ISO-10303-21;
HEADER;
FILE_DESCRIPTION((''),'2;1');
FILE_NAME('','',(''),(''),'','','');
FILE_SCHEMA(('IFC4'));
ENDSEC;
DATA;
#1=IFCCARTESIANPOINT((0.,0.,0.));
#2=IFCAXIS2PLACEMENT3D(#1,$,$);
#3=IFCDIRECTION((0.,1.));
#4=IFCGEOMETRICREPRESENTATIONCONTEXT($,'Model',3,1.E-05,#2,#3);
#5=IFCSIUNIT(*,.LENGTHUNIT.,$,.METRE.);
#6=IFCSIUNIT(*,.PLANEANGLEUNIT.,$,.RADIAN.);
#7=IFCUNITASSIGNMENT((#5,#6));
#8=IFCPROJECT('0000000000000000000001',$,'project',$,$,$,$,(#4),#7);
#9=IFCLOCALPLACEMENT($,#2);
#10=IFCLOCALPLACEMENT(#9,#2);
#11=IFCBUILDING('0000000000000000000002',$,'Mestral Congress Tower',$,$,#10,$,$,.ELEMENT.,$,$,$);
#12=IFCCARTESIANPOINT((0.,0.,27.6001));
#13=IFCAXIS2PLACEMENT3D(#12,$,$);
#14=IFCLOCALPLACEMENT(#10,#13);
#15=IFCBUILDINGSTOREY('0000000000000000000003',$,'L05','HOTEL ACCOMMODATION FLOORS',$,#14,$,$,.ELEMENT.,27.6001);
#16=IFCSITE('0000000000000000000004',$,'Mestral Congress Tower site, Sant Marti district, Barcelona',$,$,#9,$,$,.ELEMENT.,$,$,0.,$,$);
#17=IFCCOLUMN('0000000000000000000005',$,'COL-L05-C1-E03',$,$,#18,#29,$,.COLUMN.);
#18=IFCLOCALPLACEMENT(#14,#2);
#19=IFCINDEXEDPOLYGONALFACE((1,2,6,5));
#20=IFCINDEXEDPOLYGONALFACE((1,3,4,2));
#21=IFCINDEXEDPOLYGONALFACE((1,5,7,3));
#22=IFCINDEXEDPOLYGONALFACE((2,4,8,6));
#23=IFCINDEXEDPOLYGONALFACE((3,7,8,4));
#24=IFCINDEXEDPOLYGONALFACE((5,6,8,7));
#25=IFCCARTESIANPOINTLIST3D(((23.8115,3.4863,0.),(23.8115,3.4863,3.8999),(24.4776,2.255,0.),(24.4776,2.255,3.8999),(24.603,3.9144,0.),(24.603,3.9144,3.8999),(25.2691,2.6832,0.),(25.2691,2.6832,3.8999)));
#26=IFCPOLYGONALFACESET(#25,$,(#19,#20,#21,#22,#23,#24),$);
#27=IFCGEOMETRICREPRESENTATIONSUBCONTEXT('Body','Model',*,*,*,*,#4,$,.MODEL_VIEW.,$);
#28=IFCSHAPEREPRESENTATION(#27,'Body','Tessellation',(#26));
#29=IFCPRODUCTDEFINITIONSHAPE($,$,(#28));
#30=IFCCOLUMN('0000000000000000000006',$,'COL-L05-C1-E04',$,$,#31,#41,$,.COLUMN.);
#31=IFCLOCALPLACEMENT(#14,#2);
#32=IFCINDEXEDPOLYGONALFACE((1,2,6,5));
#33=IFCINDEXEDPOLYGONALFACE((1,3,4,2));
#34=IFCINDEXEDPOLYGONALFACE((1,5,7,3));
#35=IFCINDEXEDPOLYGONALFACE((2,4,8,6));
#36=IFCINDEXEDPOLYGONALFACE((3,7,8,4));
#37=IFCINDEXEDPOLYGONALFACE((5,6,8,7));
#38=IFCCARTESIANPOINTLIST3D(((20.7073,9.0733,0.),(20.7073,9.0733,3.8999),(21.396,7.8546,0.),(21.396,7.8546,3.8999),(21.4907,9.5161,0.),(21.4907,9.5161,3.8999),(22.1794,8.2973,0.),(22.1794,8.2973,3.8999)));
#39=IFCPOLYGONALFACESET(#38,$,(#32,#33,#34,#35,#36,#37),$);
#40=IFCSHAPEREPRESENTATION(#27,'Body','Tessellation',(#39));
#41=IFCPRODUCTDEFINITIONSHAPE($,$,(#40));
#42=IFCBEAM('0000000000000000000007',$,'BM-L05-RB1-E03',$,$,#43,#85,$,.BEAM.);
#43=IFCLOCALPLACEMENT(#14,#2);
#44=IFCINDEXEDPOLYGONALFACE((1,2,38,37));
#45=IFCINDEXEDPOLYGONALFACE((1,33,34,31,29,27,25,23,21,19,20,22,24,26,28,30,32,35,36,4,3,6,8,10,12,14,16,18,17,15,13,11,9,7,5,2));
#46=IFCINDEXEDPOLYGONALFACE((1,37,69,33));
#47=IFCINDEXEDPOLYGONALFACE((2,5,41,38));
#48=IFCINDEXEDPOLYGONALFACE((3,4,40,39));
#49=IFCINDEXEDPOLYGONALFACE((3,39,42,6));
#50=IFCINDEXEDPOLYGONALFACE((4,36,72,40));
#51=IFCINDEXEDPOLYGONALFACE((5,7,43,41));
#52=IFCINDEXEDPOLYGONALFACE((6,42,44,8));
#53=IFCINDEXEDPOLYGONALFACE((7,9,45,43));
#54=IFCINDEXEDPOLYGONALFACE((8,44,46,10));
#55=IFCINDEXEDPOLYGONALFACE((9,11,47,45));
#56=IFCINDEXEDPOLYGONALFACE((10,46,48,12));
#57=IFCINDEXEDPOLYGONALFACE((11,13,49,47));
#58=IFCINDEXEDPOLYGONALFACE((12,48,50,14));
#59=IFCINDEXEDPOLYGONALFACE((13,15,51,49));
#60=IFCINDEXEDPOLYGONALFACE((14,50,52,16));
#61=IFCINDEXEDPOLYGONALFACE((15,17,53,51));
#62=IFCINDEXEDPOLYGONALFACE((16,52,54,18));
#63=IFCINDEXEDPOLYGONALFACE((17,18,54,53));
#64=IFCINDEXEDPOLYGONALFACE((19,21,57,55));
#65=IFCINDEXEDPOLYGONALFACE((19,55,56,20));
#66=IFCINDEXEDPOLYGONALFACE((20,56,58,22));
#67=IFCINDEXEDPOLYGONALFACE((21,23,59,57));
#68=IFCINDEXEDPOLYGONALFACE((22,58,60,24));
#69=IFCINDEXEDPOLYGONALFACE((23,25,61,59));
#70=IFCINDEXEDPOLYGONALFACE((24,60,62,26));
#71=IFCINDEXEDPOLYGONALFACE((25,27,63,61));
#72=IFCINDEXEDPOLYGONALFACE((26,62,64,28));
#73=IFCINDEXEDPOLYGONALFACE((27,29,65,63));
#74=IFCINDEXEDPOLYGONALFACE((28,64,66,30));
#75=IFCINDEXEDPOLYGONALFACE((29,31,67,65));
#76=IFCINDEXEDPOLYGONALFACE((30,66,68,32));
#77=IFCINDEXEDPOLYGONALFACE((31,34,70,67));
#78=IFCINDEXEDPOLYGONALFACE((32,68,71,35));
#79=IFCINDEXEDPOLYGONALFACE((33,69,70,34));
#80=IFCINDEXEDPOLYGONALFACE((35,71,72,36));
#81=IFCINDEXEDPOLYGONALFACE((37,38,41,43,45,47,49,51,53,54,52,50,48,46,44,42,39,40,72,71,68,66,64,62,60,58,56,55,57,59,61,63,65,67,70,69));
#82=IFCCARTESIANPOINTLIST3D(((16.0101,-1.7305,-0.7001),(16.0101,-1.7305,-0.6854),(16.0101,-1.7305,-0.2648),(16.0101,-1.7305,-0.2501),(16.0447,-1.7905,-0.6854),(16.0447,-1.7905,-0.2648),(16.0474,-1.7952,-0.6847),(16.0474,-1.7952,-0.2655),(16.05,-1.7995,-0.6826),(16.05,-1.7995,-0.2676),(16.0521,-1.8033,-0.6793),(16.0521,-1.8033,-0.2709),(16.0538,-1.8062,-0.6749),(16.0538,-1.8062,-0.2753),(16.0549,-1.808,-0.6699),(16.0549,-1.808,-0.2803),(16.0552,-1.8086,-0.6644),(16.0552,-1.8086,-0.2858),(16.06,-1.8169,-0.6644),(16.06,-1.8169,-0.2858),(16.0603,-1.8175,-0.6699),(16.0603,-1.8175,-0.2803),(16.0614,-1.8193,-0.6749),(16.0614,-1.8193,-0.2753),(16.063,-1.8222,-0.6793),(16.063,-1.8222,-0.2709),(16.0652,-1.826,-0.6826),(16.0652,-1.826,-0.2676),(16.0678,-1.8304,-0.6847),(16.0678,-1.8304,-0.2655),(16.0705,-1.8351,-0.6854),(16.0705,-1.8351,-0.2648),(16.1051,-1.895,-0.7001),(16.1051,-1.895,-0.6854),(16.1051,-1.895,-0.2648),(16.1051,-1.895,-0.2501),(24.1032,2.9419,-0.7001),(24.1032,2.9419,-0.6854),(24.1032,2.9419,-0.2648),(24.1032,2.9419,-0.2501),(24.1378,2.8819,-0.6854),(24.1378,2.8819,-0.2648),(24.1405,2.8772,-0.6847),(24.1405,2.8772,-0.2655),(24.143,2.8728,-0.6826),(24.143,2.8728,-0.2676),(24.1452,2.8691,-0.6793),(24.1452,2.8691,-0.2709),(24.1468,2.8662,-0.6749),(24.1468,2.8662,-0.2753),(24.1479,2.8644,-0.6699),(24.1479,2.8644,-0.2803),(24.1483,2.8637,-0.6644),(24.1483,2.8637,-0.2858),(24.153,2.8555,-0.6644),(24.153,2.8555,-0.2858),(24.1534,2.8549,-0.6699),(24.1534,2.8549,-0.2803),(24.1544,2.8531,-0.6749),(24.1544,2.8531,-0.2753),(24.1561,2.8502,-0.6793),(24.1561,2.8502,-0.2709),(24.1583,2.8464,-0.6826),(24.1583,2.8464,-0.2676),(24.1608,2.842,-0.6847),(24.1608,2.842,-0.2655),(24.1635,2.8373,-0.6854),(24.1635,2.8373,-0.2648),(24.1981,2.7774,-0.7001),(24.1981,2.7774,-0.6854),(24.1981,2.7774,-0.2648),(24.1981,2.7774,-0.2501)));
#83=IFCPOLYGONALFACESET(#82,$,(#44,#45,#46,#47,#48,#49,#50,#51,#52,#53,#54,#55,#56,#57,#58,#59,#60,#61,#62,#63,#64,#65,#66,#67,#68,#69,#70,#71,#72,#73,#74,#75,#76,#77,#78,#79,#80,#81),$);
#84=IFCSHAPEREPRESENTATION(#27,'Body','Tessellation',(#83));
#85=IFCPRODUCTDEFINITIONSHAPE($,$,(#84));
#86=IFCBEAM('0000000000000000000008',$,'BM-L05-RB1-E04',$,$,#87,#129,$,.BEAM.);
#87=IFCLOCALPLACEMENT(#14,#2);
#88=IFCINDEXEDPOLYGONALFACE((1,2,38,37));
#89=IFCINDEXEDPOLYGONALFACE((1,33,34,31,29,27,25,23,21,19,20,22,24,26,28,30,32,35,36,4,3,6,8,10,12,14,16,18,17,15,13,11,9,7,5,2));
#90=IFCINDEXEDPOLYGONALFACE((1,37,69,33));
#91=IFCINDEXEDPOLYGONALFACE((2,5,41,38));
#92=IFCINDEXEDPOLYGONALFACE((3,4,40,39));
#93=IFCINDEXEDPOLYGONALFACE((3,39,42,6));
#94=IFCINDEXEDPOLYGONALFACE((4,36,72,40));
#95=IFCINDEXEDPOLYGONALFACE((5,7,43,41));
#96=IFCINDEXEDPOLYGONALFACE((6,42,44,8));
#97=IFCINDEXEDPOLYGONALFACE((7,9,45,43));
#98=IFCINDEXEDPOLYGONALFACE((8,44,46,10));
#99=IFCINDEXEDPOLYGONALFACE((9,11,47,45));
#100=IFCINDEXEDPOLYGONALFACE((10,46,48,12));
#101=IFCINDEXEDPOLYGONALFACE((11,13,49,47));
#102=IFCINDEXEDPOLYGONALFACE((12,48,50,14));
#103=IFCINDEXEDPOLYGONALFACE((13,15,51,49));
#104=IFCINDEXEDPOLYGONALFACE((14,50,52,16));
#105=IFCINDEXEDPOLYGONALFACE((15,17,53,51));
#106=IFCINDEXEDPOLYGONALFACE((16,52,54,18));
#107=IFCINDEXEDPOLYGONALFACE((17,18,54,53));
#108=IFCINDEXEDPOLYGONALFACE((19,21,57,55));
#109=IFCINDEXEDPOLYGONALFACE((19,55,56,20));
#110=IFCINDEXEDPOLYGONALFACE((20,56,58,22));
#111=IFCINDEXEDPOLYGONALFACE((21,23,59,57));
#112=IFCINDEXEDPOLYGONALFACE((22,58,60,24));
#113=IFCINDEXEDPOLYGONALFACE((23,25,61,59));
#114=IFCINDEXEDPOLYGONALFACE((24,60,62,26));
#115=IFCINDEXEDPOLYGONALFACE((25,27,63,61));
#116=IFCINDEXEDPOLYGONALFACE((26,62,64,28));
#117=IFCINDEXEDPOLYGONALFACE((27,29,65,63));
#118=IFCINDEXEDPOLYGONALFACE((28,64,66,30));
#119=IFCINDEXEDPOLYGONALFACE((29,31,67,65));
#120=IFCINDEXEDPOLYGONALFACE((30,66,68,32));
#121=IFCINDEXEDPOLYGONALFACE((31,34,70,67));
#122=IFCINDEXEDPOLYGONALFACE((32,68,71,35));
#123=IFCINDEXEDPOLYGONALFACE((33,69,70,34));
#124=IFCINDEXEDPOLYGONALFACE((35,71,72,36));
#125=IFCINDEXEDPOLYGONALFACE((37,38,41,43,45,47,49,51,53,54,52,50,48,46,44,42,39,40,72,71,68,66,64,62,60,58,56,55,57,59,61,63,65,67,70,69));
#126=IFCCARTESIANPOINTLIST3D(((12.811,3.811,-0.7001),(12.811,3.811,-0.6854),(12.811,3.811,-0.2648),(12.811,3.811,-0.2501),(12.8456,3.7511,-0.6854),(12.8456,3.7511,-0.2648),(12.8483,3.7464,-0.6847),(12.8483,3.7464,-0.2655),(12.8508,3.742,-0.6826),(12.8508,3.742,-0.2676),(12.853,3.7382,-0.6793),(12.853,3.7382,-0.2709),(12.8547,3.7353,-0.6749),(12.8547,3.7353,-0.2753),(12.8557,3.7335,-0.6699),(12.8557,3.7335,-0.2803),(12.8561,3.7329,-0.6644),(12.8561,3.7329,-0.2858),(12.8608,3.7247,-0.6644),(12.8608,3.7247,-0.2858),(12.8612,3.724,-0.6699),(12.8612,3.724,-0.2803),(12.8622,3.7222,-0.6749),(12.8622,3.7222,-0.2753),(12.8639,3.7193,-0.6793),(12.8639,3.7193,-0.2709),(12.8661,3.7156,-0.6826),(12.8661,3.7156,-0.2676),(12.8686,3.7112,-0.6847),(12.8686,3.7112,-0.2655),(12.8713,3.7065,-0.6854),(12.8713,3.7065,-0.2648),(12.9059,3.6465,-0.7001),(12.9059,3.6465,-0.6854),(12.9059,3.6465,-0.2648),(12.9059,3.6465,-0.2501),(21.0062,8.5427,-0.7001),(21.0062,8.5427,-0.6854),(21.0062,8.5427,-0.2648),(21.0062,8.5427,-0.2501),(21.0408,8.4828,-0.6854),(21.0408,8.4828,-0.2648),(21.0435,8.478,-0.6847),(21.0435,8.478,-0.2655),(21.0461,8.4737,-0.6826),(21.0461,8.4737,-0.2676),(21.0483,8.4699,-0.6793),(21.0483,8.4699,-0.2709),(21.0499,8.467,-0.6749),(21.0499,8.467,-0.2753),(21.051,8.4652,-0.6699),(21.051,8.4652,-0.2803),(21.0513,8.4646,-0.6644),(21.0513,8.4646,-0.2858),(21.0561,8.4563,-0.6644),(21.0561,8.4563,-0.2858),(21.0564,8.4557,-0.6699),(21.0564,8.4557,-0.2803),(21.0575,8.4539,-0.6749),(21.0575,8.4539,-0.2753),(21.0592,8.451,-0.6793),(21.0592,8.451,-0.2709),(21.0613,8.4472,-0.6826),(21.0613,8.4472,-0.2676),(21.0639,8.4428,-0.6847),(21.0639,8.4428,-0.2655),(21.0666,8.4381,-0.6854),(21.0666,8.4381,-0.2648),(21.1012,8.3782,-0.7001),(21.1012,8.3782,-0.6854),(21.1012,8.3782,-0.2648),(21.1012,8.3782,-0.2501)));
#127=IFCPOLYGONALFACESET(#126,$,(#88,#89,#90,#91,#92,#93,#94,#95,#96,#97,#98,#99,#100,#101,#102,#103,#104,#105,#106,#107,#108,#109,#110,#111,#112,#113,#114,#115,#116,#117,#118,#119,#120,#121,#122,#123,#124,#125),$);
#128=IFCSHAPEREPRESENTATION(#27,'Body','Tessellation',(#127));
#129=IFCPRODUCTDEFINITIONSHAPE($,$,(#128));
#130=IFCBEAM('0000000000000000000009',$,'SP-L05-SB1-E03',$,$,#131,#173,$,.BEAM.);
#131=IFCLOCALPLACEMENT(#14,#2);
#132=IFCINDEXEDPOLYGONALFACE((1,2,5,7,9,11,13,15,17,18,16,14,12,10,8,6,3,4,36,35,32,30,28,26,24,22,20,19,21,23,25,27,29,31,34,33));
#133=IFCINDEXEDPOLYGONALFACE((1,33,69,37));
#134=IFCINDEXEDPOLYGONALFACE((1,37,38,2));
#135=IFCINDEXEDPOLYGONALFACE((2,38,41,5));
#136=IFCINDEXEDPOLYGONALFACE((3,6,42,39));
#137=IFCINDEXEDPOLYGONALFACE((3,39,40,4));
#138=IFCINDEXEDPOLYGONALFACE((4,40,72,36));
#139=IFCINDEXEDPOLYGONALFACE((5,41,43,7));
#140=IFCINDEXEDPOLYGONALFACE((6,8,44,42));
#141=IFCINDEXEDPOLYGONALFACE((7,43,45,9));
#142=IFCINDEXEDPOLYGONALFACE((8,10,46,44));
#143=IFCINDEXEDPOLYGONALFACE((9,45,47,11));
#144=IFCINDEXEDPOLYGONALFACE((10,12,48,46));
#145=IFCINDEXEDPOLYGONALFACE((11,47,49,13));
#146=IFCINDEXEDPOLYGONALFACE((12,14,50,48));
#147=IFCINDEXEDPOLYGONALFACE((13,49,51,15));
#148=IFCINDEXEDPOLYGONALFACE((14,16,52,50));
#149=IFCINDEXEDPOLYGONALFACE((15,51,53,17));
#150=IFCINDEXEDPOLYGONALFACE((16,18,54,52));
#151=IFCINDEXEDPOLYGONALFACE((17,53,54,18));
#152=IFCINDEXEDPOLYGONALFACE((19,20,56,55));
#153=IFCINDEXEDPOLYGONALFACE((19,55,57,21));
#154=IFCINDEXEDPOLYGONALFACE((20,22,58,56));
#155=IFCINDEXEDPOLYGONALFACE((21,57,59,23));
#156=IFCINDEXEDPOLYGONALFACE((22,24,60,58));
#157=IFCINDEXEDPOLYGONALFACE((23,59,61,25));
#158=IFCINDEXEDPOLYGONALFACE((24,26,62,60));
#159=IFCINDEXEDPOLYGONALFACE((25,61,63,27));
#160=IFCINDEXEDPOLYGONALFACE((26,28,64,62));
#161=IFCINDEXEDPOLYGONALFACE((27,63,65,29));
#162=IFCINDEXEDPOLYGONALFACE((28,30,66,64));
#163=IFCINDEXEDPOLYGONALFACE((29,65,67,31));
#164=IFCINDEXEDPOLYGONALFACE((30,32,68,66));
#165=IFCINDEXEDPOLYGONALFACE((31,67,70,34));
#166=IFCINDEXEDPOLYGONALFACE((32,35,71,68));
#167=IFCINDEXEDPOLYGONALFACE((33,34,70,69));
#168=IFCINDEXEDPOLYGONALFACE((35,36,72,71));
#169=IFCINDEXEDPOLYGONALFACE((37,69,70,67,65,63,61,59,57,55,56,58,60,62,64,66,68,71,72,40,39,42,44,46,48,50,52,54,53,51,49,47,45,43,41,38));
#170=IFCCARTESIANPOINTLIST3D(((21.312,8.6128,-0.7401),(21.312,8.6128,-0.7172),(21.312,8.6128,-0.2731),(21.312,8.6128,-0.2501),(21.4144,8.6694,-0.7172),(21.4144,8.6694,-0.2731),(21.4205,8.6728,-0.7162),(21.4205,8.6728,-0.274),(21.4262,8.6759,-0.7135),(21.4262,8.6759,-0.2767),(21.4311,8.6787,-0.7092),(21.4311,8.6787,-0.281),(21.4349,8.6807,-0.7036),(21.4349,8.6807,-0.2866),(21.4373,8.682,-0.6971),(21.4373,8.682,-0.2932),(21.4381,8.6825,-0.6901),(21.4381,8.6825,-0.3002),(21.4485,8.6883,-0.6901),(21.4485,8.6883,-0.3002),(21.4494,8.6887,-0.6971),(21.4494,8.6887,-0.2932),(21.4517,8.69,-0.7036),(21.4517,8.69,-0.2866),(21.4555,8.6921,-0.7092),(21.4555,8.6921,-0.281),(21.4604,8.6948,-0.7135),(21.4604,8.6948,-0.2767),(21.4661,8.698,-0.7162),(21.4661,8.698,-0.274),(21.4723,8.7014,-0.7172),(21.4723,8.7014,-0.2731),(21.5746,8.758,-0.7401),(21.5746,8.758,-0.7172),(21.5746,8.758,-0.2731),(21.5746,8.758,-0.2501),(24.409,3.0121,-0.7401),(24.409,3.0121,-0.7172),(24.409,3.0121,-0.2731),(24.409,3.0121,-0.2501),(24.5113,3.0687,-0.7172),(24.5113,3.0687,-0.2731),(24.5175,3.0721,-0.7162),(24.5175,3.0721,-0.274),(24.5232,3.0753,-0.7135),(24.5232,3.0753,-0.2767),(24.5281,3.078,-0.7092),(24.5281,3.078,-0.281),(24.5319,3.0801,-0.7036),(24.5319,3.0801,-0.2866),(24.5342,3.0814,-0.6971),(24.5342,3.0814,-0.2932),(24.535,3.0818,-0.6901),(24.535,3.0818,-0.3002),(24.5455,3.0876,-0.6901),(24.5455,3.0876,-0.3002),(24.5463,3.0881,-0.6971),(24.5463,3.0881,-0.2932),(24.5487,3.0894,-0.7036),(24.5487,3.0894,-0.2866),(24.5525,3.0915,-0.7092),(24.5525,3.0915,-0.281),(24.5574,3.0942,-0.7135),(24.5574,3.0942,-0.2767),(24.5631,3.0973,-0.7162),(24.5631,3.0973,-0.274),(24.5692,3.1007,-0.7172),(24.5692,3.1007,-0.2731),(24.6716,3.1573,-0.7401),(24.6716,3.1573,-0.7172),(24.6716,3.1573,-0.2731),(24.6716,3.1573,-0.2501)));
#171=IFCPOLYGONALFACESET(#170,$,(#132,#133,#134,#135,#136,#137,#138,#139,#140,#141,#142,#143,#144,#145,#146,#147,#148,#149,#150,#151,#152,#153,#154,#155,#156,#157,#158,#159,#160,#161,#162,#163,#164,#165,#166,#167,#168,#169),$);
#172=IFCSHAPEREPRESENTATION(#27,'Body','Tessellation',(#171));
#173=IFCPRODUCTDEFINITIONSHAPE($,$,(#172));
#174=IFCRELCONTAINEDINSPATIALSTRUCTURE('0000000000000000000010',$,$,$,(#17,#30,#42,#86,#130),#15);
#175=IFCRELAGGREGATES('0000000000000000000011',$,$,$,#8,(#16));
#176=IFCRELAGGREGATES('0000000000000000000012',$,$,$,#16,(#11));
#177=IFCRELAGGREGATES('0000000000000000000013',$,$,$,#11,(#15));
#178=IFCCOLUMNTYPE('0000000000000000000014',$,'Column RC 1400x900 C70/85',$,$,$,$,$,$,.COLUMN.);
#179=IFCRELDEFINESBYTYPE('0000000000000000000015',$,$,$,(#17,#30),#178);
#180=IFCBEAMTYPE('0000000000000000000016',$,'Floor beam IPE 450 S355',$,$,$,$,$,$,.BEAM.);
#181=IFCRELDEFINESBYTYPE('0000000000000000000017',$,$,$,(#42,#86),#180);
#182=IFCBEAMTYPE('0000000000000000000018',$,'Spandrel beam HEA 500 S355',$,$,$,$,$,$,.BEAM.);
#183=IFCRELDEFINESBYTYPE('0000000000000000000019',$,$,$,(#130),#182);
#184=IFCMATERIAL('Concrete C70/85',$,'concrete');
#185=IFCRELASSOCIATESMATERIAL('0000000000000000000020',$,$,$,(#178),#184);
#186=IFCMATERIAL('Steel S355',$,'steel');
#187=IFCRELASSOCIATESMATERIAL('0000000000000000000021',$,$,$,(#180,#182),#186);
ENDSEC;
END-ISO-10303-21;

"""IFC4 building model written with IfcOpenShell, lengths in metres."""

from ifc_helpers import new_model, si_unit, direction, frame, origin, origin_2d, place, context, subcontext, project, spatial, rectangle, i_section, extrude, material, material_profile, profile_set, type_object, element, save


model = new_model("IFC4")

# Units and contexts
model_context = context("Model", 3, precision=1e-05, world=origin(), true_north=direction((0.0, 1.0)))
body_context = subcontext(model_context, "Body", "Model", "MODEL_VIEW")
ifc_project = project(units=[si_unit("LENGTHUNIT", "METRE"), si_unit("PLANEANGLEUNIT", "RADIAN")], contexts=[model_context])

# Site, building, storey
site_placement = place(None, origin())
site = spatial("IfcSite", under=ifc_project, at=site_placement, Name="Mestral Congress Tower site, Sant Marti district, Barcelona", CompositionType="ELEMENT", RefElevation=0.0)
building_placement = place(site_placement, origin())
building = spatial("IfcBuilding", under=site, at=building_placement, Name="Mestral Congress Tower", CompositionType="ELEMENT")
storey_placement = place(building_placement, frame((0.0, 0.0, 27.6001)))
storey = spatial("IfcBuildingStorey", under=building, at=storey_placement, Name="L05", Description="HOTEL ACCOMMODATION FLOORS", CompositionType="ELEMENT", Elevation=27.6001)

# Columns
ifc_material_1 = material(Name="Concrete C70/85", Category="concrete")
ifc_material_profile_1 = material_profile(ifc_material_1, rectangle(XDim=1.3999, YDim=0.8999, at=origin_2d()), Name="RC 1400x900")
ifc_profile_set_1 = profile_set([ifc_material_profile_1], Name="Concrete C70/85")
column_type = type_object("IfcColumnType", Name="Column RC 1400x900 C70/85", PredefinedType="COLUMN", material=ifc_profile_set_1)
for number, where, z_axis, x_axis, name in (
    (1, (24.5403, 3.0847, 0.0), (0.0, 0.0, 1.0), (-0.475796, 0.879556, 0.0), "COL-L05-C1-E03"),
    (2, (21.4434, 8.6853, 0.0), (0.0, 0.0, 1.0), (-0.491974, 0.87061, 0.0), "COL-L05-C1-E04"),
):
    element("IfcColumn", number, at=place(storey_placement, frame(where, z_axis=z_axis, x_axis=x_axis)), inside=storey, type_object=column_type, Name=name, PredefinedType="COLUMN", context=body_context, shape_type="SweptSolid", body=[
        extrude(rectangle(XDim=1.3999, YDim=0.8999, at=origin_2d()), origin(), (0.0, 0.0, 1.0), 3.8999),
    ])

# Beams
ifc_material_2 = material(Name="Steel S355", Category="steel")
ifc_material_profile_2 = material_profile(ifc_material_2, i_section(OverallWidth=0.1899, OverallDepth=0.45, WebThickness=0.0095, FlangeThickness=0.0146, FilletRadius=0.021, at=origin_2d()), Name="IPE 450")
ifc_profile_set_2 = profile_set([ifc_material_profile_2], Name="Steel S355")
beam_type_1 = type_object("IfcBeamType", Name="Floor beam IPE 450 S355", PredefinedType="BEAM", material=ifc_profile_set_2)
beam_1_placement = place(storey_placement, frame((24.1506, 2.8596, -0.4751), z_axis=(-0.866032, -0.499989, 0.0), x_axis=(0.499989, -0.866032, 0.0)))
element("IfcBeam", 3, at=beam_1_placement, inside=storey, type_object=beam_type_1, Name="BM-L05-RB1-E03", PredefinedType="BEAM", context=body_context, shape_type="SweptSolid", body=[
    extrude(i_section(OverallWidth=0.1899, OverallDepth=0.45, WebThickness=0.0095, FlangeThickness=0.0146, FilletRadius=0.021, at=origin_2d()), origin(), (0.0, 0.0, 1.0), 9.345),
])
beam_2_placement = place(storey_placement, frame((21.0537, 8.4604, -0.4751), z_axis=(-0.86602, -0.50001, 0.0), x_axis=(0.50001, -0.86602, 0.0)))
element("IfcBeam", 4, at=beam_2_placement, inside=storey, type_object=beam_type_1, Name="BM-L05-RB1-E04", PredefinedType="BEAM", context=body_context, shape_type="SweptSolid", body=[
    extrude(i_section(OverallWidth=0.1899, OverallDepth=0.45, WebThickness=0.0095, FlangeThickness=0.0146, FilletRadius=0.021, at=origin_2d()), origin(), (0.0, 0.0, 1.0), 9.4631),
])
ifc_material_profile_3 = material_profile(ifc_material_2, i_section(OverallWidth=0.3, OverallDepth=0.49, WebThickness=0.012, FlangeThickness=0.0229, FilletRadius=0.0271, at=origin_2d()), Name="HEA 500")
ifc_profile_set_3 = profile_set([ifc_material_profile_3], Name="Steel S355")
beam_type_2 = type_object("IfcBeamType", Name="Spandrel beam HEA 500 S355", PredefinedType="BEAM", material=ifc_profile_set_3)
for number, where, z_axis, x_axis, name in (
    (5, (24.5403, 3.0847, -0.4951), (-0.483909, 0.875118, 0.0), (-0.875118, -0.483909, 0.0), "SP-L05-SB1-E03"),
):
    element("IfcBeam", number, at=place(storey_placement, frame(where, z_axis=z_axis, x_axis=x_axis)), inside=storey, type_object=beam_type_2, Name=name, PredefinedType="BEAM", context=body_context, shape_type="SweptSolid", body=[
        extrude(i_section(OverallWidth=0.3, OverallDepth=0.49, WebThickness=0.012, FlangeThickness=0.0229, FilletRadius=0.0271, at=origin_2d()), origin(), (0.0, 0.0, 1.0), 6.3999),
    ])

save(model, "model.ifc")
